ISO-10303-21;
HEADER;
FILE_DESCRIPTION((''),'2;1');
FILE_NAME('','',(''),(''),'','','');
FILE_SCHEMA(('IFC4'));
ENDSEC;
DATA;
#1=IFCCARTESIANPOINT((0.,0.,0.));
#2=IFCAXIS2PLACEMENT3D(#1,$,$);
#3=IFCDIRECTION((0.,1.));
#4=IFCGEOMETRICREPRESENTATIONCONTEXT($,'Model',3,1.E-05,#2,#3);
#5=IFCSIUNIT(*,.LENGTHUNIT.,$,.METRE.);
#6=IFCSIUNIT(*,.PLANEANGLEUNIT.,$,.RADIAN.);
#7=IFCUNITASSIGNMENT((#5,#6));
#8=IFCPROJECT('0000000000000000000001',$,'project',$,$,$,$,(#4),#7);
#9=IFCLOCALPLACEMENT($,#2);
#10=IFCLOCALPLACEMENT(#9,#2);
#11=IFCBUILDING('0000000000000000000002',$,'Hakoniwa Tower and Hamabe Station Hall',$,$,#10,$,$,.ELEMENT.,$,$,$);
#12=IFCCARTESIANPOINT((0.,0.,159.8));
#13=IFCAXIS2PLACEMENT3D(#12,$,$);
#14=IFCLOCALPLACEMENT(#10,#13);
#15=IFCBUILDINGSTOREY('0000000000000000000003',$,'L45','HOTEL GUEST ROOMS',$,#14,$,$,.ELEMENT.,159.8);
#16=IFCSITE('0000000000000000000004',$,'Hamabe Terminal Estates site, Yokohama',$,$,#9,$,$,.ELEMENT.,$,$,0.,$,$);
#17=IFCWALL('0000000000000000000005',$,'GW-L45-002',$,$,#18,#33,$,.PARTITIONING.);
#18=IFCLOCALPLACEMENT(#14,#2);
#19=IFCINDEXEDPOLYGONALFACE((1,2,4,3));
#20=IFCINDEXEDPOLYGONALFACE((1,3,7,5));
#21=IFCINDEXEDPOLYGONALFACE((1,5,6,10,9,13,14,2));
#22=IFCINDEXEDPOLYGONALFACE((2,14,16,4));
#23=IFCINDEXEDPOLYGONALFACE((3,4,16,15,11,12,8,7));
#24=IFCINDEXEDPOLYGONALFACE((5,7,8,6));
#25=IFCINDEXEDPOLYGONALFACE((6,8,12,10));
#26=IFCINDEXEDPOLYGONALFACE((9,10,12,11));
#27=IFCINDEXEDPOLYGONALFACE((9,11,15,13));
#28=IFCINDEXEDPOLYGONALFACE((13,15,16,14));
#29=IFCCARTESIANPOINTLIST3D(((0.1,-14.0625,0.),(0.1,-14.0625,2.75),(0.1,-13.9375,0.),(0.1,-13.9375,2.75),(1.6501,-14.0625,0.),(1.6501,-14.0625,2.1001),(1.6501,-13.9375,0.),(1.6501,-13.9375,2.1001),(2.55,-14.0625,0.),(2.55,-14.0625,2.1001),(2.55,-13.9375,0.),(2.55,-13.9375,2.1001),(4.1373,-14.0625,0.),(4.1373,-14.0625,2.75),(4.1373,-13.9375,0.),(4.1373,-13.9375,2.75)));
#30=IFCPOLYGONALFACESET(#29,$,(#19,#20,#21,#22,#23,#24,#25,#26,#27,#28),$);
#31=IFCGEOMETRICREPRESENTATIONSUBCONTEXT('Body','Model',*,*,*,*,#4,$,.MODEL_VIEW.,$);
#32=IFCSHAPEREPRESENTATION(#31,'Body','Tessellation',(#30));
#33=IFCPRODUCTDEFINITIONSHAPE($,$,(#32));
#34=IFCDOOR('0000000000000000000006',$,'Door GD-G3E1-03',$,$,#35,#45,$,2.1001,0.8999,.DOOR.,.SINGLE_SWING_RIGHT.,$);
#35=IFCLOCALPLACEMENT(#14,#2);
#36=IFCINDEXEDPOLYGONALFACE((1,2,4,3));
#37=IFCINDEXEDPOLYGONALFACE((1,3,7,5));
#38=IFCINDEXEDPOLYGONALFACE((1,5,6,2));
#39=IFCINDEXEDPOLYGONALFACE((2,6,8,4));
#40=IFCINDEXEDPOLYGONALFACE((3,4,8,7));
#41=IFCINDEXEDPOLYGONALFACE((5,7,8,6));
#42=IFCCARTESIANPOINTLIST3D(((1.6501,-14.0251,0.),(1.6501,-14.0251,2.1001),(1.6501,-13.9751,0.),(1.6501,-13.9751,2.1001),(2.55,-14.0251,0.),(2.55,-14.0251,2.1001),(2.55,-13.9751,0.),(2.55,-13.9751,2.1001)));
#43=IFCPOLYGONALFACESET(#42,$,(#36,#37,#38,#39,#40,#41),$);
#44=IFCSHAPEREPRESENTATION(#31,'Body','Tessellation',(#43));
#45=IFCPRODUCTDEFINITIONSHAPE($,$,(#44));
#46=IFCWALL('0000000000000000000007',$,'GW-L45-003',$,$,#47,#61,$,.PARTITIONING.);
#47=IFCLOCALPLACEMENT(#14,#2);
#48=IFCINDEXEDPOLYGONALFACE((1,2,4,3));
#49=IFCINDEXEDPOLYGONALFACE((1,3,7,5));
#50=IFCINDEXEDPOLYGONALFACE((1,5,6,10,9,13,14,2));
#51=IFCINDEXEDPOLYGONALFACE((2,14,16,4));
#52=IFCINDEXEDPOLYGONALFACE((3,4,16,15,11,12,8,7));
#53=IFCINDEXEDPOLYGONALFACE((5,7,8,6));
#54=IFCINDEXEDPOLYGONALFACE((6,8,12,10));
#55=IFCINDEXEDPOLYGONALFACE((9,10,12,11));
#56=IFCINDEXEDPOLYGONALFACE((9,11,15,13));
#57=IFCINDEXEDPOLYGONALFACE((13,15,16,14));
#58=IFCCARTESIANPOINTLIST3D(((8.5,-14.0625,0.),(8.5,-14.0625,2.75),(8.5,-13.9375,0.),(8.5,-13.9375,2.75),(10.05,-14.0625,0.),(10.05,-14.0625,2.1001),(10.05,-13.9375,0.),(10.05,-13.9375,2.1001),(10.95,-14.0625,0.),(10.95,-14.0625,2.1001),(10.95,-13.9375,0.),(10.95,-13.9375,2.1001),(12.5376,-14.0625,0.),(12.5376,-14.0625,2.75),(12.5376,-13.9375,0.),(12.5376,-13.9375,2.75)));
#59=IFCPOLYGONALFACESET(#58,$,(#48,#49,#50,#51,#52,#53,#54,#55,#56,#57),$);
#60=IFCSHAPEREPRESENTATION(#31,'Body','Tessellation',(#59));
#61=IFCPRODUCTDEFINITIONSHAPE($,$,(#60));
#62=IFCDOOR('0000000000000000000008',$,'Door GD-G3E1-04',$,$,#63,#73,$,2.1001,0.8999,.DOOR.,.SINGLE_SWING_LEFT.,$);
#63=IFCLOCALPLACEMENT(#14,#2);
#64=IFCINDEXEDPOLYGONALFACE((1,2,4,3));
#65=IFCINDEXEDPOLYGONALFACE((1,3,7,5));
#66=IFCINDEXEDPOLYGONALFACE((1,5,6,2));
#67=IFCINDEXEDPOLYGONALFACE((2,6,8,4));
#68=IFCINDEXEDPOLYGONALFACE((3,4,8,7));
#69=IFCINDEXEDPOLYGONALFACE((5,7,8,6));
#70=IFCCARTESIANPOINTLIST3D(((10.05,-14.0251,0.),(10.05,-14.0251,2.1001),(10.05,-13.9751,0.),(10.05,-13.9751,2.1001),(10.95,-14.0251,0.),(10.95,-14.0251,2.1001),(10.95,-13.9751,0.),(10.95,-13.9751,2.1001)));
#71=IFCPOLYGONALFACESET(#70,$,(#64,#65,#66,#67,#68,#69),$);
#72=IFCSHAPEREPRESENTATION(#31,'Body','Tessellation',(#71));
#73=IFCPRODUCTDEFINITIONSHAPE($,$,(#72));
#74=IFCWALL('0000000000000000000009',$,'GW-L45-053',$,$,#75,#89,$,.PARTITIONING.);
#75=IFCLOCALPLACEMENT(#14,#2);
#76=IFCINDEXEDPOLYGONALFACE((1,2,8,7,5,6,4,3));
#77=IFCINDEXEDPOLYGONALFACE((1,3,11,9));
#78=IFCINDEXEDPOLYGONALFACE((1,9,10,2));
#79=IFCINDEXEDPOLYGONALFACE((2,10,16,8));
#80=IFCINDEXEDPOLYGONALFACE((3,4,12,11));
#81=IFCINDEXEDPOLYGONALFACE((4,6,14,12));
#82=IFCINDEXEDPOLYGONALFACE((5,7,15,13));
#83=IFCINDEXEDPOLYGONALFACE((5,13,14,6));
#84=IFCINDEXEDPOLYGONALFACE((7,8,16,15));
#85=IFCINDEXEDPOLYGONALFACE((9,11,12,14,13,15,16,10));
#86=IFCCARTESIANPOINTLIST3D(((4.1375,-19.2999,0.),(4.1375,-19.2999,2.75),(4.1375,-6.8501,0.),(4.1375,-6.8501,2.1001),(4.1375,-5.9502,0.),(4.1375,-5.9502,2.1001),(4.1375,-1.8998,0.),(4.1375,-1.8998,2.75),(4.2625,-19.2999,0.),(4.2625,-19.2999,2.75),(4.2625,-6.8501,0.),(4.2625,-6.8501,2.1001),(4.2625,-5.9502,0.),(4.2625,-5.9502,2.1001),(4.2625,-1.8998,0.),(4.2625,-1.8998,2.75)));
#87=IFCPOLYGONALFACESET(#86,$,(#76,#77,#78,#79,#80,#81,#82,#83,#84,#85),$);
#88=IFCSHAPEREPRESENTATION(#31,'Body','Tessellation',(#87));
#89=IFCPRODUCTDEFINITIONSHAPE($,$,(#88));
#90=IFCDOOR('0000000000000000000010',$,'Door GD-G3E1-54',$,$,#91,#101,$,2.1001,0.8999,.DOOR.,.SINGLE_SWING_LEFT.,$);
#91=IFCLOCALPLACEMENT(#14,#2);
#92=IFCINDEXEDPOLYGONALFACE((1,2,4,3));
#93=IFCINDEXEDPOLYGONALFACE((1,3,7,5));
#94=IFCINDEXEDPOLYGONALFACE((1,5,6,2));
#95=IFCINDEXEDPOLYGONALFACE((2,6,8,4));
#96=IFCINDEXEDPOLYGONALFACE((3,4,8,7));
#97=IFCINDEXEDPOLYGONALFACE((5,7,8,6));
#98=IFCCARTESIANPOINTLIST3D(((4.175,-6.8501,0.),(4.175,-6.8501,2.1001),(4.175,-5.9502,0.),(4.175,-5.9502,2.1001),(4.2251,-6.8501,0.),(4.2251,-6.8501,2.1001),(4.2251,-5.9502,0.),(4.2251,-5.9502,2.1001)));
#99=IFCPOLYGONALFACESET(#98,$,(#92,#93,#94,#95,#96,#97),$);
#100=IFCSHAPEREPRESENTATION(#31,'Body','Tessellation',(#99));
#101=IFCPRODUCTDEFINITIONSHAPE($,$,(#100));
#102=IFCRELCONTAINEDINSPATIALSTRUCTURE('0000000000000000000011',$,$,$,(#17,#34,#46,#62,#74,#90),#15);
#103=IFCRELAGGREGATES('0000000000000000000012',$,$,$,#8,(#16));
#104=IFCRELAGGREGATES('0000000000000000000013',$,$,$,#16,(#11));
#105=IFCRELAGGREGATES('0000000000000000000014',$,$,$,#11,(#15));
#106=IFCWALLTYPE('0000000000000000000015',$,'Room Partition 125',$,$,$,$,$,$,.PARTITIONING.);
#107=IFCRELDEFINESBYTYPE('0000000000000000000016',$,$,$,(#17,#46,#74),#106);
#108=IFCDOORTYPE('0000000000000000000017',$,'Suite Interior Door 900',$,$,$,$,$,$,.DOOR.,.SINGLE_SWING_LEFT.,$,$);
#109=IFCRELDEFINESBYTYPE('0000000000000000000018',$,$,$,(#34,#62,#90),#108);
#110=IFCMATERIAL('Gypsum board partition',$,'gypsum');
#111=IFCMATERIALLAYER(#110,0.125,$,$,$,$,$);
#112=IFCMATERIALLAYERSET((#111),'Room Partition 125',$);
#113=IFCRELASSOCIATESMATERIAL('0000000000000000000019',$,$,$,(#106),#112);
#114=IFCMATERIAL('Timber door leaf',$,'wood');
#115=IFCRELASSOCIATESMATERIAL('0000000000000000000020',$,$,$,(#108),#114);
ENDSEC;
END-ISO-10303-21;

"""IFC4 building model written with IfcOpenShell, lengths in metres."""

from ifc_helpers import new_model, si_unit, direction, frame, frame_2d, origin, place, context, subcontext, project, spatial, rectangle, extrude, material, layer, layer_set, type_object, element, fill, save


model = new_model("IFC4")

# Units and contexts
model_context = context("Model", 3, precision=1e-05, world=origin(), true_north=direction((0.0, 1.0)))
body_context = subcontext(model_context, "Body", "Model", "MODEL_VIEW")
ifc_project = project(units=[si_unit("LENGTHUNIT", "METRE"), si_unit("PLANEANGLEUNIT", "RADIAN")], contexts=[model_context])

# Site, building, storey
site_placement = place(None, origin())
site = spatial("IfcSite", under=ifc_project, at=site_placement, Name="Hamabe Terminal Estates site, Yokohama", CompositionType="ELEMENT", RefElevation=0.0)
building_placement = place(site_placement, origin())
building = spatial("IfcBuilding", under=site, at=building_placement, Name="Hakoniwa Tower and Hamabe Station Hall", CompositionType="ELEMENT")
storey_placement = place(building_placement, frame((0.0, 0.0, 159.8)))
storey = spatial("IfcBuildingStorey", under=building, at=storey_placement, Name="L45", Description="HOTEL GUEST ROOMS", CompositionType="ELEMENT", Elevation=159.8)

# Walls, openings, doors
ifc_material_1 = material(Name="Gypsum board partition", Category="gypsum")
ifc_layer_1 = layer(ifc_material_1, 0.125)
ifc_layer_set_1 = layer_set([ifc_layer_1], Name="Room Partition 125")
wall_type_1 = type_object("IfcWallType", Name="Room Partition 125", PredefinedType="PARTITIONING", material=ifc_layer_set_1)
wall_1_placement = place(storey_placement, frame((0.1001, -14.0, 0.0), z_axis=(0.0, 0.0, 1.0), x_axis=(1.0, 0.0, 0.0)))
wall_1 = element("IfcWall", 1, at=wall_1_placement, inside=storey, type_object=wall_type_1, Name="GW-L45-002", PredefinedType="PARTITIONING", context=body_context, shape_type="SweptSolid", body=[
    extrude(rectangle(XDim=4.0374, YDim=0.125, at=frame_2d((2.0186, 0.0))), origin(), (0.0, 0.0, 1.0), 2.75),
])
opening_1_placement = place(wall_1_placement, frame((1.55, 0.0, 0.0)))
opening_1 = element("IfcOpeningElement", 2, at=opening_1_placement, cuts=wall_1, PredefinedType="OPENING", context=body_context, shape_type="SweptSolid", body=[
    extrude(rectangle(XDim=0.8999, YDim=2.1001, at=frame_2d((0.45, 1.05))), frame((0.0, 0.0725, 0.0), z_axis=(0.0, -1.0, 0.0), x_axis=(1.0, 0.0, 0.0)), (0.0, 0.0, 1.0), 0.145),
])
ifc_material_2 = material(Name="Timber door leaf", Category="wood")
door_type_1 = type_object("IfcDoorType", Name="Suite Interior Door 900", OperationType="SINGLE_SWING_LEFT", PredefinedType="DOOR", material=ifc_material_2)
door_1_placement = place(opening_1_placement, origin())
door_1 = element("IfcDoor", 3, at=door_1_placement, inside=storey, type_object=door_type_1, Name="Door GD-G3E1-03", OperationType="SINGLE_SWING_RIGHT", OverallHeight=2.1001, OverallWidth=0.8999, PredefinedType="DOOR", context=body_context, shape_type="SweptSolid", body=[
    extrude(rectangle(XDim=0.8999, YDim=2.1001, at=frame_2d((0.45, 1.05))), frame((0.0, 0.0249, 0.0), z_axis=(0.0, -1.0, 0.0), x_axis=(1.0, 0.0, 0.0)), (0.0, 0.0, 1.0), 0.05),
])
fill(opening_1, door_1)
wall_2_placement = place(storey_placement, frame((8.5, -14.0, 0.0), z_axis=(0.0, 0.0, 1.0), x_axis=(1.0, 0.0, 0.0)))
wall_2 = element("IfcWall", 4, at=wall_2_placement, inside=storey, type_object=wall_type_1, Name="GW-L45-003", PredefinedType="PARTITIONING", context=body_context, shape_type="SweptSolid", body=[
    extrude(rectangle(XDim=4.0376, YDim=0.125, at=frame_2d((2.0188, 0.0))), origin(), (0.0, 0.0, 1.0), 2.75),
])
opening_2_placement = place(wall_2_placement, frame((1.55, 0.0, 0.0)))
opening_2 = element("IfcOpeningElement", 5, at=opening_2_placement, cuts=wall_2, PredefinedType="OPENING", context=body_context, shape_type="SweptSolid", body=[
    extrude(rectangle(XDim=0.8999, YDim=2.1001, at=frame_2d((0.45, 1.05))), frame((0.0, 0.0725, 0.0), z_axis=(0.0, -1.0, 0.0), x_axis=(1.0, 0.0, 0.0)), (0.0, 0.0, 1.0), 0.145),
])
door_2_placement = place(opening_2_placement, origin())
door_2 = element("IfcDoor", 6, at=door_2_placement, inside=storey, type_object=door_type_1, Name="Door GD-G3E1-04", OperationType="SINGLE_SWING_LEFT", OverallHeight=2.1001, OverallWidth=0.8999, PredefinedType="DOOR", context=body_context, shape_type="SweptSolid", body=[
    extrude(rectangle(XDim=0.8999, YDim=2.1001, at=frame_2d((0.45, 1.05))), frame((0.0, 0.0249, 0.0), z_axis=(0.0, -1.0, 0.0), x_axis=(1.0, 0.0, 0.0)), (0.0, 0.0, 1.0), 0.05),
])
fill(opening_2, door_2)
wall_3_placement = place(storey_placement, frame((4.2, -19.3, 0.0), z_axis=(0.0, 0.0, 1.0), x_axis=(0.0, 1.0, 0.0)))
wall_3 = element("IfcWall", 7, at=wall_3_placement, inside=storey, type_object=wall_type_1, Name="GW-L45-053", PredefinedType="PARTITIONING", context=body_context, shape_type="SweptSolid", body=[
    extrude(rectangle(XDim=17.4001, YDim=0.125, at=frame_2d((8.7002, 0.0))), origin(), (0.0, 0.0, 1.0), 2.75),
])
opening_3_placement = place(wall_3_placement, frame((12.45, 0.0, 0.0)))
opening_3 = element("IfcOpeningElement", 8, at=opening_3_placement, cuts=wall_3, PredefinedType="OPENING", context=body_context, shape_type="SweptSolid", body=[
    extrude(rectangle(XDim=0.8999, YDim=2.1001, at=frame_2d((0.45, 1.05))), frame((0.0, 0.0725, 0.0), z_axis=(0.0, -1.0, 0.0), x_axis=(1.0, 0.0, 0.0)), (0.0, 0.0, 1.0), 0.145),
])
door_3_placement = place(opening_3_placement, origin())
door_3 = element("IfcDoor", 9, at=door_3_placement, inside=storey, type_object=door_type_1, Name="Door GD-G3E1-54", OperationType="SINGLE_SWING_LEFT", OverallHeight=2.1001, OverallWidth=0.8999, PredefinedType="DOOR", context=body_context, shape_type="SweptSolid", body=[
    extrude(rectangle(XDim=0.8999, YDim=2.1001, at=frame_2d((0.45, 1.05))), frame((0.0, 0.0249, 0.0), z_axis=(0.0, -1.0, 0.0), x_axis=(1.0, 0.0, 0.0)), (0.0, 0.0, 1.0), 0.05),
])
fill(opening_3, door_3)

save(model, "model.ifc")
